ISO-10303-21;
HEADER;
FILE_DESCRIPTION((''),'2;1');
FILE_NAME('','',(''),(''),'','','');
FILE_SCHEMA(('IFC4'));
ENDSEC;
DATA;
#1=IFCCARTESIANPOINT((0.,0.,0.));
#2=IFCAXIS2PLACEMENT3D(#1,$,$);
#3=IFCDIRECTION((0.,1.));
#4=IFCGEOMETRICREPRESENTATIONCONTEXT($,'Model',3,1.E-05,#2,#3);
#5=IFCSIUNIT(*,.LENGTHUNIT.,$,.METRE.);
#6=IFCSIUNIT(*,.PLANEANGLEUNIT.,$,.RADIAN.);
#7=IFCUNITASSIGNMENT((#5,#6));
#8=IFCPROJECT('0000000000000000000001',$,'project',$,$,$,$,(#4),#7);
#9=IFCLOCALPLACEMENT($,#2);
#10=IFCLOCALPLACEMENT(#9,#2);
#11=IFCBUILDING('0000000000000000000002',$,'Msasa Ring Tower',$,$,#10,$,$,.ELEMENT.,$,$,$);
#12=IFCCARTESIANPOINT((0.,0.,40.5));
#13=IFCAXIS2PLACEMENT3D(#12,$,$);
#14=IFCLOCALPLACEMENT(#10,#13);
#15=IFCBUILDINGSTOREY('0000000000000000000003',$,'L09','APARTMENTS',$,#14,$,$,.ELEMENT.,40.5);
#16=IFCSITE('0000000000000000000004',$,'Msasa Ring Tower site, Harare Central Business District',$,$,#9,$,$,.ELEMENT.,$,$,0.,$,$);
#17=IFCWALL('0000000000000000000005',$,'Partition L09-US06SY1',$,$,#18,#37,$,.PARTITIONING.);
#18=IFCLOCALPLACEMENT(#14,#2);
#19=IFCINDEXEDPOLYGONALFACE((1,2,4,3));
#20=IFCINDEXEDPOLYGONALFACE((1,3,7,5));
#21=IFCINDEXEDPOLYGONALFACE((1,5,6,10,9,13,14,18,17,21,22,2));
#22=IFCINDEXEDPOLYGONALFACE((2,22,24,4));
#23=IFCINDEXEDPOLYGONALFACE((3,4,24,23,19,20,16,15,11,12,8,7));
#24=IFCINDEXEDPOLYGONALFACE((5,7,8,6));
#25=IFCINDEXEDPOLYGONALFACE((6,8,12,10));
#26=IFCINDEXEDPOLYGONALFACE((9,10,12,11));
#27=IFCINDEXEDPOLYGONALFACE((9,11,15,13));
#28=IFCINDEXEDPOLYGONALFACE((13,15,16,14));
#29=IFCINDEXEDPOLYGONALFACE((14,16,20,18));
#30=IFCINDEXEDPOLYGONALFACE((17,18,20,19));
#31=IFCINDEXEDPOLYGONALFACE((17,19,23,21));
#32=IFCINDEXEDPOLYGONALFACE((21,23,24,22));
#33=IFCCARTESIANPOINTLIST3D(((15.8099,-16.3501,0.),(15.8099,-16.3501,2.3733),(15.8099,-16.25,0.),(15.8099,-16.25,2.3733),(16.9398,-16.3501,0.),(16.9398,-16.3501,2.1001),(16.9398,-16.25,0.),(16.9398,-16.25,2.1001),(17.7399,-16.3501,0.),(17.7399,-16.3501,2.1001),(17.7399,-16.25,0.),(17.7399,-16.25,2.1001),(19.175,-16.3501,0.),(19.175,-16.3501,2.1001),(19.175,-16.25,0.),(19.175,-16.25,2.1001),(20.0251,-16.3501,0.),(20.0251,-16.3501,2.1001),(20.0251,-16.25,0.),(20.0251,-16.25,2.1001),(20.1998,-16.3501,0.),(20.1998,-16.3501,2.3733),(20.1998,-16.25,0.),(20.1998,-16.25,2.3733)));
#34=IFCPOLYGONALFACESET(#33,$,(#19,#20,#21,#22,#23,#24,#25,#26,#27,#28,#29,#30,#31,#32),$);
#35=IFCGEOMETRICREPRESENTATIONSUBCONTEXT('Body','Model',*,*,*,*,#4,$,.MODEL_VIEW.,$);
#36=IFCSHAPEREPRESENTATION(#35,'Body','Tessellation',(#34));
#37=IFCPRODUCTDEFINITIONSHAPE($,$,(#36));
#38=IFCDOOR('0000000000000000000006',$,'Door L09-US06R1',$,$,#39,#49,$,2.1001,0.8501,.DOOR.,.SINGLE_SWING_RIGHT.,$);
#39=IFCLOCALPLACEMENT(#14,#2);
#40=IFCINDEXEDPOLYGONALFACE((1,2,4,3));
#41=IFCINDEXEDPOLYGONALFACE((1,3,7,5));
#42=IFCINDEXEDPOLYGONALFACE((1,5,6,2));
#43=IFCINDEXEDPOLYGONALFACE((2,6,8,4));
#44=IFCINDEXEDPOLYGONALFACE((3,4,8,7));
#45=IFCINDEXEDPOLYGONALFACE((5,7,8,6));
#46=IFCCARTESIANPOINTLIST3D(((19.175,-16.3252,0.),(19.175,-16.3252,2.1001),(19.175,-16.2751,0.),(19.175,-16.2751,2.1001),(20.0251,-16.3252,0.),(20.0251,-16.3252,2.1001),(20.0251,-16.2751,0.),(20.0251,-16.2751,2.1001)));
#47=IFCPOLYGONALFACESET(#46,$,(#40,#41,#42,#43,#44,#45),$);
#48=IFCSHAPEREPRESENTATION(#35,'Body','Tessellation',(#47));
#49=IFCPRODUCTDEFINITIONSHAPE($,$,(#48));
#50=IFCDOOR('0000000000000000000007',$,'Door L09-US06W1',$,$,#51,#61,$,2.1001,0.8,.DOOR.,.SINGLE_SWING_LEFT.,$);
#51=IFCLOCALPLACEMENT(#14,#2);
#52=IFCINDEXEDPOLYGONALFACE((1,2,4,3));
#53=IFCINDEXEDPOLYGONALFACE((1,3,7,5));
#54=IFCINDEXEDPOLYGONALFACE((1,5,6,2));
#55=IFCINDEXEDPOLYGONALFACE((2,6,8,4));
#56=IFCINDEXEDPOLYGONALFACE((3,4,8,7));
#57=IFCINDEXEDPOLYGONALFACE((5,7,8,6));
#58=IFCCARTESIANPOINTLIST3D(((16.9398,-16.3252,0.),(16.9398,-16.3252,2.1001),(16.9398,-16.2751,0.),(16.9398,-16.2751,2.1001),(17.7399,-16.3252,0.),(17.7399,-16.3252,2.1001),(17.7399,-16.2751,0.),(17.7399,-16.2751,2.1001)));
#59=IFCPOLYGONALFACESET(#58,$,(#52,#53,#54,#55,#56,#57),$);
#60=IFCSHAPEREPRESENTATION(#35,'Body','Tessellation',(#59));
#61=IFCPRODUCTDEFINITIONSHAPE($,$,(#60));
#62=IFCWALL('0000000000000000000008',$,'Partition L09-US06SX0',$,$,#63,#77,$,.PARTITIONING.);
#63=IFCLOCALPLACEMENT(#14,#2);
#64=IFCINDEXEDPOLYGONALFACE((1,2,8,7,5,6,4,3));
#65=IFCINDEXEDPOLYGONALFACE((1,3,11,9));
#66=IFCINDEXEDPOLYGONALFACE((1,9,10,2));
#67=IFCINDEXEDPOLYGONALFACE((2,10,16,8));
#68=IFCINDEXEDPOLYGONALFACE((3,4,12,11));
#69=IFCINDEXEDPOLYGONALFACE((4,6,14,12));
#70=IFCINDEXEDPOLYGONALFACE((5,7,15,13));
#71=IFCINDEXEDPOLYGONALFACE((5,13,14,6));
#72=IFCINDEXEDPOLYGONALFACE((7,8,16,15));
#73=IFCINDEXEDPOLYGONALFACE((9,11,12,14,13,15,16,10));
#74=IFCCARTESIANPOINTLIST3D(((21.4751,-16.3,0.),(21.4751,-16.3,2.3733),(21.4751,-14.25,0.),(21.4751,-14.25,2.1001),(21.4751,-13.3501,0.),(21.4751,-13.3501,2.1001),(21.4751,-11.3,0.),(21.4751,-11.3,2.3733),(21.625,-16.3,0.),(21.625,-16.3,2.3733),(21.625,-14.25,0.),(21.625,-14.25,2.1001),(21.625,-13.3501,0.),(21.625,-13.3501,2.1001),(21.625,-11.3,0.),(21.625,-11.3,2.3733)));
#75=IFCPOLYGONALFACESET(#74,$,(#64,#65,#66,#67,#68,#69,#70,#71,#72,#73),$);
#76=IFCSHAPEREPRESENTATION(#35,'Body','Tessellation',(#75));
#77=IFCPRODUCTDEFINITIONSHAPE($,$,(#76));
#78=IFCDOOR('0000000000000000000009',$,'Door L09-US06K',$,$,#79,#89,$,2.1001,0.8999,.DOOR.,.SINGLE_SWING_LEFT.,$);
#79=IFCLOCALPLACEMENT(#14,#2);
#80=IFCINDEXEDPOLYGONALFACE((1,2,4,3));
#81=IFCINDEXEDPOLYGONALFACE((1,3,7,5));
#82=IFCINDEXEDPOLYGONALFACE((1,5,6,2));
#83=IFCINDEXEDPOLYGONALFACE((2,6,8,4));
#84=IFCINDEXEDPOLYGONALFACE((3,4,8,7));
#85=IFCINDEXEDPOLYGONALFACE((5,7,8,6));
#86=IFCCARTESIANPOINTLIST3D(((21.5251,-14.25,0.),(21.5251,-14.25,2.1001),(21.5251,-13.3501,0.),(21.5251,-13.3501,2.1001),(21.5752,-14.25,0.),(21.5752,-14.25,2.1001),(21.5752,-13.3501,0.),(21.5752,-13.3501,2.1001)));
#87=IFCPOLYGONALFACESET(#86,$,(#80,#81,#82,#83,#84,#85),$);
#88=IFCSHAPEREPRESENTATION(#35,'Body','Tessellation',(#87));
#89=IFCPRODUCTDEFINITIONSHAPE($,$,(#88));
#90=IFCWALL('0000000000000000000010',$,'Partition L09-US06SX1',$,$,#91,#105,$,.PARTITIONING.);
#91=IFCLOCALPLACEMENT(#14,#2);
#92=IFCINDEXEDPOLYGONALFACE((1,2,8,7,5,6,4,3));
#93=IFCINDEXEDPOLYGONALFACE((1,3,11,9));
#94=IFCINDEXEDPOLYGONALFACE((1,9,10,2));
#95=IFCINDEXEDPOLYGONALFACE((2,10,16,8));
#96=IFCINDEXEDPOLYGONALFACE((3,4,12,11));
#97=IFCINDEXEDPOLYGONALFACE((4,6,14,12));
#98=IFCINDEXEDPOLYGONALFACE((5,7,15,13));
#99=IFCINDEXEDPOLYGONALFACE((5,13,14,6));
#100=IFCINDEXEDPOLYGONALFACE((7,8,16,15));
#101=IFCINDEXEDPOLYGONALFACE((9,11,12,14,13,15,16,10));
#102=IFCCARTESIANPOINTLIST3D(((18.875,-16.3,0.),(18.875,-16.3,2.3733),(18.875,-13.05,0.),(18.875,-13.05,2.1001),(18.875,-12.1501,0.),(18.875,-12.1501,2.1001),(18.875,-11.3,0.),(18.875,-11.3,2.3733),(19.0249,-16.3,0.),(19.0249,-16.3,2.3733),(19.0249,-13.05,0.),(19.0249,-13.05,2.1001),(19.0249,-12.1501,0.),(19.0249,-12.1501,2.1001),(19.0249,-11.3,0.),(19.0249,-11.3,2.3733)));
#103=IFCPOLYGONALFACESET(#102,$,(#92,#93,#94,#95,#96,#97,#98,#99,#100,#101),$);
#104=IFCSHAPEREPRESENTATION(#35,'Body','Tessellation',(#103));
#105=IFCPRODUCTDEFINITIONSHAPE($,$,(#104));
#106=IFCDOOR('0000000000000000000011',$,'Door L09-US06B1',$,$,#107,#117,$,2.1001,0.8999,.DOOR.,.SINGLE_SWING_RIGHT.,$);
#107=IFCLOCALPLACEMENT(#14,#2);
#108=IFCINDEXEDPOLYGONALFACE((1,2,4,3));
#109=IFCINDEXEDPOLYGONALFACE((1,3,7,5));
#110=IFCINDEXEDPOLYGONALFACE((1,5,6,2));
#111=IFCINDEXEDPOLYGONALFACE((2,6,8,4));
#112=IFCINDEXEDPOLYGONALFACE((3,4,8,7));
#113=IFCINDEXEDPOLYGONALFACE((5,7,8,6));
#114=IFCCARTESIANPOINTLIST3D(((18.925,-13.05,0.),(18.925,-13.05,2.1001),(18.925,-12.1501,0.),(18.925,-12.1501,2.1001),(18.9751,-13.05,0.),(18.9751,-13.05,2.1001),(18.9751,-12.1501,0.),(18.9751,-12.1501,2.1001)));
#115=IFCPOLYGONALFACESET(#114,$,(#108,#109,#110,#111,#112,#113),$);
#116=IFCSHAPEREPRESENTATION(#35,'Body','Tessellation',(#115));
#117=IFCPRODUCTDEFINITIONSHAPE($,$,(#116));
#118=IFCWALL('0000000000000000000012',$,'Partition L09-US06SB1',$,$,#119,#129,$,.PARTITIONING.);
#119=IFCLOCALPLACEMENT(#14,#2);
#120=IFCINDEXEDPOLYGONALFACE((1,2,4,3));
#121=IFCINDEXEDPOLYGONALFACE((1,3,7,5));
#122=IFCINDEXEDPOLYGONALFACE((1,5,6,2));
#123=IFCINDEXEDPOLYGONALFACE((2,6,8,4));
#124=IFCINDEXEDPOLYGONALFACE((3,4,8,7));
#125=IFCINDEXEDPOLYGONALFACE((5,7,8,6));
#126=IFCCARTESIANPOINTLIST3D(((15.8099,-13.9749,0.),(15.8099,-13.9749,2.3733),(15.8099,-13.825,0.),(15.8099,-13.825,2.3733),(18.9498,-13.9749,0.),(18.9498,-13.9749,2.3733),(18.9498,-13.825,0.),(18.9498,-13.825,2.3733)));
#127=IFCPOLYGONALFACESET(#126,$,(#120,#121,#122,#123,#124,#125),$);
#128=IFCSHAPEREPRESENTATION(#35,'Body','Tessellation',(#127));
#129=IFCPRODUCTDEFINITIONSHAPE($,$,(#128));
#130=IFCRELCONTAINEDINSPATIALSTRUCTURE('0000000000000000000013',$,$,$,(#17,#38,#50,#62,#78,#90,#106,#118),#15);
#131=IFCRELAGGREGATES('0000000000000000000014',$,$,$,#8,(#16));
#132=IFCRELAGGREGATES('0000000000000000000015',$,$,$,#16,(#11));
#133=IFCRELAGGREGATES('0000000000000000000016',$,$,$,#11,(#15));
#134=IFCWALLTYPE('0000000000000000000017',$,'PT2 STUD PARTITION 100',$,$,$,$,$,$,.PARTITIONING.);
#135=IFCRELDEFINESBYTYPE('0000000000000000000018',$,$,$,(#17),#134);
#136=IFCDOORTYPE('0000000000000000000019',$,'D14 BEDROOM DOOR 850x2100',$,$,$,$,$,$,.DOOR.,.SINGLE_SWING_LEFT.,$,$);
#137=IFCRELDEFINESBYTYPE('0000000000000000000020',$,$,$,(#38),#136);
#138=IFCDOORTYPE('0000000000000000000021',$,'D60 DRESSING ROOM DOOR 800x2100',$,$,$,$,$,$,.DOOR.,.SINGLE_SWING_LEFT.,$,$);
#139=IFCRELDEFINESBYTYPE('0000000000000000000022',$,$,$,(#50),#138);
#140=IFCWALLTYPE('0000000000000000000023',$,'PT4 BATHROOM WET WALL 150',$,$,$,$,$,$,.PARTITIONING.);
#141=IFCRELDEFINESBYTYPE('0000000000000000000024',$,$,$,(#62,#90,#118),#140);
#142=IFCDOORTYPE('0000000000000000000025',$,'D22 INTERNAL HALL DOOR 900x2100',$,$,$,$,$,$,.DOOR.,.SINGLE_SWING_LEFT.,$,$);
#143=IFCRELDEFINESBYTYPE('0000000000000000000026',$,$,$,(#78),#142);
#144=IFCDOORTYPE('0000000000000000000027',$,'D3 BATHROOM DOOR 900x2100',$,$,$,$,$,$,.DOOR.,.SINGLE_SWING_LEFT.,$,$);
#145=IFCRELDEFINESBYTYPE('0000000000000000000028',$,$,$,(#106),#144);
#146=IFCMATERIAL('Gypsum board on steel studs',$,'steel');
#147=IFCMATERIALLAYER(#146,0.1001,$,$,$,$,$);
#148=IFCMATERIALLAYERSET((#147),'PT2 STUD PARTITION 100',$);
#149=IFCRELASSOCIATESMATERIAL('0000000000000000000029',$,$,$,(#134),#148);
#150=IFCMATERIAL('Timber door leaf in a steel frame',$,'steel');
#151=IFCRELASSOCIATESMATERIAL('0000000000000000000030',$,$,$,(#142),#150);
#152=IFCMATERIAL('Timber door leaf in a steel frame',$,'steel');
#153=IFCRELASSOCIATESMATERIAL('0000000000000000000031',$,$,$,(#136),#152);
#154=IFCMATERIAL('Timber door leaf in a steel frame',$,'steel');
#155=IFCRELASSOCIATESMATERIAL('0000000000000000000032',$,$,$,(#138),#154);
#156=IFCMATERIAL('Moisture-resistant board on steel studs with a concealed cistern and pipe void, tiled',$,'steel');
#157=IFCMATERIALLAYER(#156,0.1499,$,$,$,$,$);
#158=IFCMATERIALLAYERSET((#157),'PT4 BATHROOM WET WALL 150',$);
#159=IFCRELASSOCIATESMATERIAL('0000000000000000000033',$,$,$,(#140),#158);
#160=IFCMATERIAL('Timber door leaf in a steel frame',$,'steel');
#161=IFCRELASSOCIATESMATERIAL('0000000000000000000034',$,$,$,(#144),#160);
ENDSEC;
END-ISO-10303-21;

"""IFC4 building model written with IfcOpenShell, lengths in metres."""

from ifc_helpers import new_model, si_unit, direction, frame, frame_2d, origin, place, context, subcontext, project, spatial, rectangle, extrude, material, layer, layer_set, type_object, element, fill, save


model = new_model("IFC4")

# Units and contexts
model_context = context("Model", 3, precision=1e-05, world=origin(), true_north=direction((0.0, 1.0)))
body_context = subcontext(model_context, "Body", "Model", "MODEL_VIEW")
ifc_project = project(units=[si_unit("LENGTHUNIT", "METRE"), si_unit("PLANEANGLEUNIT", "RADIAN")], contexts=[model_context])

# Site, building, storey
site_placement = place(None, origin())
site = spatial("IfcSite", under=ifc_project, at=site_placement, Name="Msasa Ring Tower site, Harare Central Business District", CompositionType="ELEMENT", RefElevation=0.0)
building_placement = place(site_placement, origin())
building = spatial("IfcBuilding", under=site, at=building_placement, Name="Msasa Ring Tower", CompositionType="ELEMENT")
storey_placement = place(building_placement, frame((0.0, 0.0, 40.5)))
storey = spatial("IfcBuildingStorey", under=building, at=storey_placement, Name="L09", Description="APARTMENTS", CompositionType="ELEMENT", Elevation=40.5)

# Shared definitions
ifc_material_1 = material(Name="Gypsum board on steel studs", Category="steel")
ifc_layer_1 = layer(ifc_material_1, 0.1001)
ifc_layer_set_1 = layer_set([ifc_layer_1], Name="PT2 STUD PARTITION 100")
wall_type_1 = type_object("IfcWallType", Name="PT2 STUD PARTITION 100", PredefinedType="PARTITIONING", material=ifc_layer_set_1)

# Shared definitions
ifc_material_2 = material(Name="Timber door leaf in a steel frame", Category="steel")
door_type_1 = type_object("IfcDoorType", Name="D22 INTERNAL HALL DOOR 900x2100", OperationType="SINGLE_SWING_LEFT", PredefinedType="DOOR", material=ifc_material_2)

# Wall, openings, doors
wall_1_placement = place(storey_placement, frame((15.8101, -16.3, 0.0), z_axis=(0.0, 0.0, 1.0), x_axis=(1.0, 0.0, 0.0)))
wall_1 = element("IfcWall", 1, at=wall_1_placement, inside=storey, type_object=wall_type_1, Name="Partition L09-US06SY1", PredefinedType="PARTITIONING", context=body_context, shape_type="SweptSolid", body=[
    extrude(rectangle(XDim=4.3899, YDim=0.1001, at=frame_2d((2.1948, 0.0))), origin(), (0.0, 0.0, 1.0), 2.3733),
])
opening_1_placement = place(wall_1_placement, frame((3.365, 0.0, 0.0)))
opening_1 = element("IfcOpeningElement", 2, at=opening_1_placement, cuts=wall_1, PredefinedType="OPENING", context=body_context, shape_type="SweptSolid", body=[
    extrude(rectangle(XDim=0.8501, YDim=2.1001, at=frame_2d((0.425, 1.05))), frame((0.0, 0.0601, 0.0), z_axis=(0.0, -1.0, 0.0), x_axis=(1.0, 0.0, 0.0)), (0.0, 0.0, 1.0), 0.1201),
])
opening_2_placement = place(wall_1_placement, frame((1.1299, 0.0, 0.0)))
opening_2 = element("IfcOpeningElement", 3, at=opening_2_placement, cuts=wall_1, PredefinedType="OPENING", context=body_context, shape_type="SweptSolid", body=[
    extrude(rectangle(XDim=0.8, YDim=2.1001, at=frame_2d((0.3999, 1.05))), frame((0.0, 0.0601, 0.0), z_axis=(0.0, -1.0, 0.0), x_axis=(1.0, 0.0, 0.0)), (0.0, 0.0, 1.0), 0.1201),
])
ifc_material_3 = material(Name="Timber door leaf in a steel frame", Category="steel")
door_type_2 = type_object("IfcDoorType", Name="D14 BEDROOM DOOR 850x2100", OperationType="SINGLE_SWING_LEFT", PredefinedType="DOOR", material=ifc_material_3)
door_1_placement = place(opening_1_placement, origin())
door_1 = element("IfcDoor", 4, at=door_1_placement, inside=storey, type_object=door_type_2, Name="Door L09-US06R1", OperationType="SINGLE_SWING_RIGHT", OverallHeight=2.1001, OverallWidth=0.8501, PredefinedType="DOOR", context=body_context, shape_type="SweptSolid", body=[
    extrude(rectangle(XDim=0.8501, YDim=2.1001, at=frame_2d((0.425, 1.05))), frame((0.0, 0.0249, 0.0), z_axis=(0.0, -1.0, 0.0), x_axis=(1.0, 0.0, 0.0)), (0.0, 0.0, 1.0), 0.05),
])
fill(opening_1, door_1)
ifc_material_4 = material(Name="Timber door leaf in a steel frame", Category="steel")
door_type_3 = type_object("IfcDoorType", Name="D60 DRESSING ROOM DOOR 800x2100", OperationType="SINGLE_SWING_LEFT", PredefinedType="DOOR", material=ifc_material_4)
door_2_placement = place(opening_2_placement, origin())
door_2 = element("IfcDoor", 5, at=door_2_placement, inside=storey, type_object=door_type_3, Name="Door L09-US06W1", OperationType="SINGLE_SWING_LEFT", OverallHeight=2.1001, OverallWidth=0.8, PredefinedType="DOOR", context=body_context, shape_type="SweptSolid", body=[
    extrude(rectangle(XDim=0.8, YDim=2.1001, at=frame_2d((0.3999, 1.05))), frame((0.0, 0.0249, 0.0), z_axis=(0.0, -1.0, 0.0), x_axis=(1.0, 0.0, 0.0)), (0.0, 0.0, 1.0), 0.05),
])
fill(opening_2, door_2)

# Walls, openings, doors
ifc_material_5 = material(Name="Moisture-resistant board on steel studs with a concealed cistern and pipe void, tiled", Category="steel")
ifc_layer_2 = layer(ifc_material_5, 0.1499)
ifc_layer_set_2 = layer_set([ifc_layer_2], Name="PT4 BATHROOM WET WALL 150")
wall_type_2 = type_object("IfcWallType", Name="PT4 BATHROOM WET WALL 150", PredefinedType="PARTITIONING", material=ifc_layer_set_2)
wall_2_placement = place(storey_placement, frame((21.55, -16.3, 0.0), z_axis=(0.0, 0.0, 1.0), x_axis=(0.0, 1.0, 0.0)))
wall_2 = element("IfcWall", 6, at=wall_2_placement, inside=storey, type_object=wall_type_2, Name="Partition L09-US06SX0", PredefinedType="PARTITIONING", context=body_context, shape_type="SweptSolid", body=[
    extrude(rectangle(XDim=5.0, YDim=0.1499, at=frame_2d((2.5, 0.0))), origin(), (0.0, 0.0, 1.0), 2.3733),
])
opening_3_placement = place(wall_2_placement, frame((2.05, 0.0, 0.0)))
opening_3 = element("IfcOpeningElement", 7, at=opening_3_placement, cuts=wall_2, PredefinedType="OPENING", context=body_context, shape_type="SweptSolid", body=[
    extrude(rectangle(XDim=0.8999, YDim=2.1001, at=frame_2d((0.45, 1.05))), frame((0.0, 0.085, 0.0), z_axis=(0.0, -1.0, 0.0), x_axis=(1.0, 0.0, 0.0)), (0.0, 0.0, 1.0), 0.1699),
])
door_3_placement = place(opening_3_placement, origin())
door_3 = element("IfcDoor", 8, at=door_3_placement, inside=storey, type_object=door_type_1, Name="Door L09-US06K", OperationType="SINGLE_SWING_LEFT", OverallHeight=2.1001, OverallWidth=0.8999, PredefinedType="DOOR", context=body_context, shape_type="SweptSolid", body=[
    extrude(rectangle(XDim=0.8999, YDim=2.1001, at=frame_2d((0.45, 1.05))), frame((0.0, 0.0249, 0.0), z_axis=(0.0, -1.0, 0.0), x_axis=(1.0, 0.0, 0.0)), (0.0, 0.0, 1.0), 0.05),
])
fill(opening_3, door_3)
wall_3_placement = place(storey_placement, frame((18.95, -16.3, 0.0), z_axis=(0.0, 0.0, 1.0), x_axis=(0.0, 1.0, 0.0)))
wall_3 = element("IfcWall", 9, at=wall_3_placement, inside=storey, type_object=wall_type_2, Name="Partition L09-US06SX1", PredefinedType="PARTITIONING", context=body_context, shape_type="SweptSolid", body=[
    extrude(rectangle(XDim=5.0, YDim=0.1499, at=frame_2d((2.5, 0.0))), origin(), (0.0, 0.0, 1.0), 2.3733),
])
opening_4_placement = place(wall_3_placement, frame((3.25, 0.0, 0.0)))
opening_4 = element("IfcOpeningElement", 10, at=opening_4_placement, cuts=wall_3, PredefinedType="OPENING", context=body_context, shape_type="SweptSolid", body=[
    extrude(rectangle(XDim=0.8999, YDim=2.1001, at=frame_2d((0.45, 1.05))), frame((0.0, 0.085, 0.0), z_axis=(0.0, -1.0, 0.0), x_axis=(1.0, 0.0, 0.0)), (0.0, 0.0, 1.0), 0.1699),
])
ifc_material_6 = material(Name="Timber door leaf in a steel frame", Category="steel")
door_type_4 = type_object("IfcDoorType", Name="D3 BATHROOM DOOR 900x2100", OperationType="SINGLE_SWING_LEFT", PredefinedType="DOOR", material=ifc_material_6)
door_4_placement = place(opening_4_placement, origin())
door_4 = element("IfcDoor", 11, at=door_4_placement, inside=storey, type_object=door_type_4, Name="Door L09-US06B1", OperationType="SINGLE_SWING_RIGHT", OverallHeight=2.1001, OverallWidth=0.8999, PredefinedType="DOOR", context=body_context, shape_type="SweptSolid", body=[
    extrude(rectangle(XDim=0.8999, YDim=2.1001, at=frame_2d((0.45, 1.05))), frame((0.0, 0.0249, 0.0), z_axis=(0.0, -1.0, 0.0), x_axis=(1.0, 0.0, 0.0)), (0.0, 0.0, 1.0), 0.05),
])
fill(opening_4, door_4)

# Wall
wall_4_placement = place(storey_placement, frame((15.8101, -13.8999, 0.0), z_axis=(0.0, 0.0, 1.0), x_axis=(1.0, 0.0, 0.0)))
element("IfcWall", 12, at=wall_4_placement, inside=storey, type_object=wall_type_2, Name="Partition L09-US06SB1", PredefinedType="PARTITIONING", context=body_context, shape_type="SweptSolid", body=[
    extrude(rectangle(XDim=3.1399, YDim=0.1499, at=frame_2d((1.5698, 0.0))), origin(), (0.0, 0.0, 1.0), 2.3733),
])

save(model, "model.ifc")
